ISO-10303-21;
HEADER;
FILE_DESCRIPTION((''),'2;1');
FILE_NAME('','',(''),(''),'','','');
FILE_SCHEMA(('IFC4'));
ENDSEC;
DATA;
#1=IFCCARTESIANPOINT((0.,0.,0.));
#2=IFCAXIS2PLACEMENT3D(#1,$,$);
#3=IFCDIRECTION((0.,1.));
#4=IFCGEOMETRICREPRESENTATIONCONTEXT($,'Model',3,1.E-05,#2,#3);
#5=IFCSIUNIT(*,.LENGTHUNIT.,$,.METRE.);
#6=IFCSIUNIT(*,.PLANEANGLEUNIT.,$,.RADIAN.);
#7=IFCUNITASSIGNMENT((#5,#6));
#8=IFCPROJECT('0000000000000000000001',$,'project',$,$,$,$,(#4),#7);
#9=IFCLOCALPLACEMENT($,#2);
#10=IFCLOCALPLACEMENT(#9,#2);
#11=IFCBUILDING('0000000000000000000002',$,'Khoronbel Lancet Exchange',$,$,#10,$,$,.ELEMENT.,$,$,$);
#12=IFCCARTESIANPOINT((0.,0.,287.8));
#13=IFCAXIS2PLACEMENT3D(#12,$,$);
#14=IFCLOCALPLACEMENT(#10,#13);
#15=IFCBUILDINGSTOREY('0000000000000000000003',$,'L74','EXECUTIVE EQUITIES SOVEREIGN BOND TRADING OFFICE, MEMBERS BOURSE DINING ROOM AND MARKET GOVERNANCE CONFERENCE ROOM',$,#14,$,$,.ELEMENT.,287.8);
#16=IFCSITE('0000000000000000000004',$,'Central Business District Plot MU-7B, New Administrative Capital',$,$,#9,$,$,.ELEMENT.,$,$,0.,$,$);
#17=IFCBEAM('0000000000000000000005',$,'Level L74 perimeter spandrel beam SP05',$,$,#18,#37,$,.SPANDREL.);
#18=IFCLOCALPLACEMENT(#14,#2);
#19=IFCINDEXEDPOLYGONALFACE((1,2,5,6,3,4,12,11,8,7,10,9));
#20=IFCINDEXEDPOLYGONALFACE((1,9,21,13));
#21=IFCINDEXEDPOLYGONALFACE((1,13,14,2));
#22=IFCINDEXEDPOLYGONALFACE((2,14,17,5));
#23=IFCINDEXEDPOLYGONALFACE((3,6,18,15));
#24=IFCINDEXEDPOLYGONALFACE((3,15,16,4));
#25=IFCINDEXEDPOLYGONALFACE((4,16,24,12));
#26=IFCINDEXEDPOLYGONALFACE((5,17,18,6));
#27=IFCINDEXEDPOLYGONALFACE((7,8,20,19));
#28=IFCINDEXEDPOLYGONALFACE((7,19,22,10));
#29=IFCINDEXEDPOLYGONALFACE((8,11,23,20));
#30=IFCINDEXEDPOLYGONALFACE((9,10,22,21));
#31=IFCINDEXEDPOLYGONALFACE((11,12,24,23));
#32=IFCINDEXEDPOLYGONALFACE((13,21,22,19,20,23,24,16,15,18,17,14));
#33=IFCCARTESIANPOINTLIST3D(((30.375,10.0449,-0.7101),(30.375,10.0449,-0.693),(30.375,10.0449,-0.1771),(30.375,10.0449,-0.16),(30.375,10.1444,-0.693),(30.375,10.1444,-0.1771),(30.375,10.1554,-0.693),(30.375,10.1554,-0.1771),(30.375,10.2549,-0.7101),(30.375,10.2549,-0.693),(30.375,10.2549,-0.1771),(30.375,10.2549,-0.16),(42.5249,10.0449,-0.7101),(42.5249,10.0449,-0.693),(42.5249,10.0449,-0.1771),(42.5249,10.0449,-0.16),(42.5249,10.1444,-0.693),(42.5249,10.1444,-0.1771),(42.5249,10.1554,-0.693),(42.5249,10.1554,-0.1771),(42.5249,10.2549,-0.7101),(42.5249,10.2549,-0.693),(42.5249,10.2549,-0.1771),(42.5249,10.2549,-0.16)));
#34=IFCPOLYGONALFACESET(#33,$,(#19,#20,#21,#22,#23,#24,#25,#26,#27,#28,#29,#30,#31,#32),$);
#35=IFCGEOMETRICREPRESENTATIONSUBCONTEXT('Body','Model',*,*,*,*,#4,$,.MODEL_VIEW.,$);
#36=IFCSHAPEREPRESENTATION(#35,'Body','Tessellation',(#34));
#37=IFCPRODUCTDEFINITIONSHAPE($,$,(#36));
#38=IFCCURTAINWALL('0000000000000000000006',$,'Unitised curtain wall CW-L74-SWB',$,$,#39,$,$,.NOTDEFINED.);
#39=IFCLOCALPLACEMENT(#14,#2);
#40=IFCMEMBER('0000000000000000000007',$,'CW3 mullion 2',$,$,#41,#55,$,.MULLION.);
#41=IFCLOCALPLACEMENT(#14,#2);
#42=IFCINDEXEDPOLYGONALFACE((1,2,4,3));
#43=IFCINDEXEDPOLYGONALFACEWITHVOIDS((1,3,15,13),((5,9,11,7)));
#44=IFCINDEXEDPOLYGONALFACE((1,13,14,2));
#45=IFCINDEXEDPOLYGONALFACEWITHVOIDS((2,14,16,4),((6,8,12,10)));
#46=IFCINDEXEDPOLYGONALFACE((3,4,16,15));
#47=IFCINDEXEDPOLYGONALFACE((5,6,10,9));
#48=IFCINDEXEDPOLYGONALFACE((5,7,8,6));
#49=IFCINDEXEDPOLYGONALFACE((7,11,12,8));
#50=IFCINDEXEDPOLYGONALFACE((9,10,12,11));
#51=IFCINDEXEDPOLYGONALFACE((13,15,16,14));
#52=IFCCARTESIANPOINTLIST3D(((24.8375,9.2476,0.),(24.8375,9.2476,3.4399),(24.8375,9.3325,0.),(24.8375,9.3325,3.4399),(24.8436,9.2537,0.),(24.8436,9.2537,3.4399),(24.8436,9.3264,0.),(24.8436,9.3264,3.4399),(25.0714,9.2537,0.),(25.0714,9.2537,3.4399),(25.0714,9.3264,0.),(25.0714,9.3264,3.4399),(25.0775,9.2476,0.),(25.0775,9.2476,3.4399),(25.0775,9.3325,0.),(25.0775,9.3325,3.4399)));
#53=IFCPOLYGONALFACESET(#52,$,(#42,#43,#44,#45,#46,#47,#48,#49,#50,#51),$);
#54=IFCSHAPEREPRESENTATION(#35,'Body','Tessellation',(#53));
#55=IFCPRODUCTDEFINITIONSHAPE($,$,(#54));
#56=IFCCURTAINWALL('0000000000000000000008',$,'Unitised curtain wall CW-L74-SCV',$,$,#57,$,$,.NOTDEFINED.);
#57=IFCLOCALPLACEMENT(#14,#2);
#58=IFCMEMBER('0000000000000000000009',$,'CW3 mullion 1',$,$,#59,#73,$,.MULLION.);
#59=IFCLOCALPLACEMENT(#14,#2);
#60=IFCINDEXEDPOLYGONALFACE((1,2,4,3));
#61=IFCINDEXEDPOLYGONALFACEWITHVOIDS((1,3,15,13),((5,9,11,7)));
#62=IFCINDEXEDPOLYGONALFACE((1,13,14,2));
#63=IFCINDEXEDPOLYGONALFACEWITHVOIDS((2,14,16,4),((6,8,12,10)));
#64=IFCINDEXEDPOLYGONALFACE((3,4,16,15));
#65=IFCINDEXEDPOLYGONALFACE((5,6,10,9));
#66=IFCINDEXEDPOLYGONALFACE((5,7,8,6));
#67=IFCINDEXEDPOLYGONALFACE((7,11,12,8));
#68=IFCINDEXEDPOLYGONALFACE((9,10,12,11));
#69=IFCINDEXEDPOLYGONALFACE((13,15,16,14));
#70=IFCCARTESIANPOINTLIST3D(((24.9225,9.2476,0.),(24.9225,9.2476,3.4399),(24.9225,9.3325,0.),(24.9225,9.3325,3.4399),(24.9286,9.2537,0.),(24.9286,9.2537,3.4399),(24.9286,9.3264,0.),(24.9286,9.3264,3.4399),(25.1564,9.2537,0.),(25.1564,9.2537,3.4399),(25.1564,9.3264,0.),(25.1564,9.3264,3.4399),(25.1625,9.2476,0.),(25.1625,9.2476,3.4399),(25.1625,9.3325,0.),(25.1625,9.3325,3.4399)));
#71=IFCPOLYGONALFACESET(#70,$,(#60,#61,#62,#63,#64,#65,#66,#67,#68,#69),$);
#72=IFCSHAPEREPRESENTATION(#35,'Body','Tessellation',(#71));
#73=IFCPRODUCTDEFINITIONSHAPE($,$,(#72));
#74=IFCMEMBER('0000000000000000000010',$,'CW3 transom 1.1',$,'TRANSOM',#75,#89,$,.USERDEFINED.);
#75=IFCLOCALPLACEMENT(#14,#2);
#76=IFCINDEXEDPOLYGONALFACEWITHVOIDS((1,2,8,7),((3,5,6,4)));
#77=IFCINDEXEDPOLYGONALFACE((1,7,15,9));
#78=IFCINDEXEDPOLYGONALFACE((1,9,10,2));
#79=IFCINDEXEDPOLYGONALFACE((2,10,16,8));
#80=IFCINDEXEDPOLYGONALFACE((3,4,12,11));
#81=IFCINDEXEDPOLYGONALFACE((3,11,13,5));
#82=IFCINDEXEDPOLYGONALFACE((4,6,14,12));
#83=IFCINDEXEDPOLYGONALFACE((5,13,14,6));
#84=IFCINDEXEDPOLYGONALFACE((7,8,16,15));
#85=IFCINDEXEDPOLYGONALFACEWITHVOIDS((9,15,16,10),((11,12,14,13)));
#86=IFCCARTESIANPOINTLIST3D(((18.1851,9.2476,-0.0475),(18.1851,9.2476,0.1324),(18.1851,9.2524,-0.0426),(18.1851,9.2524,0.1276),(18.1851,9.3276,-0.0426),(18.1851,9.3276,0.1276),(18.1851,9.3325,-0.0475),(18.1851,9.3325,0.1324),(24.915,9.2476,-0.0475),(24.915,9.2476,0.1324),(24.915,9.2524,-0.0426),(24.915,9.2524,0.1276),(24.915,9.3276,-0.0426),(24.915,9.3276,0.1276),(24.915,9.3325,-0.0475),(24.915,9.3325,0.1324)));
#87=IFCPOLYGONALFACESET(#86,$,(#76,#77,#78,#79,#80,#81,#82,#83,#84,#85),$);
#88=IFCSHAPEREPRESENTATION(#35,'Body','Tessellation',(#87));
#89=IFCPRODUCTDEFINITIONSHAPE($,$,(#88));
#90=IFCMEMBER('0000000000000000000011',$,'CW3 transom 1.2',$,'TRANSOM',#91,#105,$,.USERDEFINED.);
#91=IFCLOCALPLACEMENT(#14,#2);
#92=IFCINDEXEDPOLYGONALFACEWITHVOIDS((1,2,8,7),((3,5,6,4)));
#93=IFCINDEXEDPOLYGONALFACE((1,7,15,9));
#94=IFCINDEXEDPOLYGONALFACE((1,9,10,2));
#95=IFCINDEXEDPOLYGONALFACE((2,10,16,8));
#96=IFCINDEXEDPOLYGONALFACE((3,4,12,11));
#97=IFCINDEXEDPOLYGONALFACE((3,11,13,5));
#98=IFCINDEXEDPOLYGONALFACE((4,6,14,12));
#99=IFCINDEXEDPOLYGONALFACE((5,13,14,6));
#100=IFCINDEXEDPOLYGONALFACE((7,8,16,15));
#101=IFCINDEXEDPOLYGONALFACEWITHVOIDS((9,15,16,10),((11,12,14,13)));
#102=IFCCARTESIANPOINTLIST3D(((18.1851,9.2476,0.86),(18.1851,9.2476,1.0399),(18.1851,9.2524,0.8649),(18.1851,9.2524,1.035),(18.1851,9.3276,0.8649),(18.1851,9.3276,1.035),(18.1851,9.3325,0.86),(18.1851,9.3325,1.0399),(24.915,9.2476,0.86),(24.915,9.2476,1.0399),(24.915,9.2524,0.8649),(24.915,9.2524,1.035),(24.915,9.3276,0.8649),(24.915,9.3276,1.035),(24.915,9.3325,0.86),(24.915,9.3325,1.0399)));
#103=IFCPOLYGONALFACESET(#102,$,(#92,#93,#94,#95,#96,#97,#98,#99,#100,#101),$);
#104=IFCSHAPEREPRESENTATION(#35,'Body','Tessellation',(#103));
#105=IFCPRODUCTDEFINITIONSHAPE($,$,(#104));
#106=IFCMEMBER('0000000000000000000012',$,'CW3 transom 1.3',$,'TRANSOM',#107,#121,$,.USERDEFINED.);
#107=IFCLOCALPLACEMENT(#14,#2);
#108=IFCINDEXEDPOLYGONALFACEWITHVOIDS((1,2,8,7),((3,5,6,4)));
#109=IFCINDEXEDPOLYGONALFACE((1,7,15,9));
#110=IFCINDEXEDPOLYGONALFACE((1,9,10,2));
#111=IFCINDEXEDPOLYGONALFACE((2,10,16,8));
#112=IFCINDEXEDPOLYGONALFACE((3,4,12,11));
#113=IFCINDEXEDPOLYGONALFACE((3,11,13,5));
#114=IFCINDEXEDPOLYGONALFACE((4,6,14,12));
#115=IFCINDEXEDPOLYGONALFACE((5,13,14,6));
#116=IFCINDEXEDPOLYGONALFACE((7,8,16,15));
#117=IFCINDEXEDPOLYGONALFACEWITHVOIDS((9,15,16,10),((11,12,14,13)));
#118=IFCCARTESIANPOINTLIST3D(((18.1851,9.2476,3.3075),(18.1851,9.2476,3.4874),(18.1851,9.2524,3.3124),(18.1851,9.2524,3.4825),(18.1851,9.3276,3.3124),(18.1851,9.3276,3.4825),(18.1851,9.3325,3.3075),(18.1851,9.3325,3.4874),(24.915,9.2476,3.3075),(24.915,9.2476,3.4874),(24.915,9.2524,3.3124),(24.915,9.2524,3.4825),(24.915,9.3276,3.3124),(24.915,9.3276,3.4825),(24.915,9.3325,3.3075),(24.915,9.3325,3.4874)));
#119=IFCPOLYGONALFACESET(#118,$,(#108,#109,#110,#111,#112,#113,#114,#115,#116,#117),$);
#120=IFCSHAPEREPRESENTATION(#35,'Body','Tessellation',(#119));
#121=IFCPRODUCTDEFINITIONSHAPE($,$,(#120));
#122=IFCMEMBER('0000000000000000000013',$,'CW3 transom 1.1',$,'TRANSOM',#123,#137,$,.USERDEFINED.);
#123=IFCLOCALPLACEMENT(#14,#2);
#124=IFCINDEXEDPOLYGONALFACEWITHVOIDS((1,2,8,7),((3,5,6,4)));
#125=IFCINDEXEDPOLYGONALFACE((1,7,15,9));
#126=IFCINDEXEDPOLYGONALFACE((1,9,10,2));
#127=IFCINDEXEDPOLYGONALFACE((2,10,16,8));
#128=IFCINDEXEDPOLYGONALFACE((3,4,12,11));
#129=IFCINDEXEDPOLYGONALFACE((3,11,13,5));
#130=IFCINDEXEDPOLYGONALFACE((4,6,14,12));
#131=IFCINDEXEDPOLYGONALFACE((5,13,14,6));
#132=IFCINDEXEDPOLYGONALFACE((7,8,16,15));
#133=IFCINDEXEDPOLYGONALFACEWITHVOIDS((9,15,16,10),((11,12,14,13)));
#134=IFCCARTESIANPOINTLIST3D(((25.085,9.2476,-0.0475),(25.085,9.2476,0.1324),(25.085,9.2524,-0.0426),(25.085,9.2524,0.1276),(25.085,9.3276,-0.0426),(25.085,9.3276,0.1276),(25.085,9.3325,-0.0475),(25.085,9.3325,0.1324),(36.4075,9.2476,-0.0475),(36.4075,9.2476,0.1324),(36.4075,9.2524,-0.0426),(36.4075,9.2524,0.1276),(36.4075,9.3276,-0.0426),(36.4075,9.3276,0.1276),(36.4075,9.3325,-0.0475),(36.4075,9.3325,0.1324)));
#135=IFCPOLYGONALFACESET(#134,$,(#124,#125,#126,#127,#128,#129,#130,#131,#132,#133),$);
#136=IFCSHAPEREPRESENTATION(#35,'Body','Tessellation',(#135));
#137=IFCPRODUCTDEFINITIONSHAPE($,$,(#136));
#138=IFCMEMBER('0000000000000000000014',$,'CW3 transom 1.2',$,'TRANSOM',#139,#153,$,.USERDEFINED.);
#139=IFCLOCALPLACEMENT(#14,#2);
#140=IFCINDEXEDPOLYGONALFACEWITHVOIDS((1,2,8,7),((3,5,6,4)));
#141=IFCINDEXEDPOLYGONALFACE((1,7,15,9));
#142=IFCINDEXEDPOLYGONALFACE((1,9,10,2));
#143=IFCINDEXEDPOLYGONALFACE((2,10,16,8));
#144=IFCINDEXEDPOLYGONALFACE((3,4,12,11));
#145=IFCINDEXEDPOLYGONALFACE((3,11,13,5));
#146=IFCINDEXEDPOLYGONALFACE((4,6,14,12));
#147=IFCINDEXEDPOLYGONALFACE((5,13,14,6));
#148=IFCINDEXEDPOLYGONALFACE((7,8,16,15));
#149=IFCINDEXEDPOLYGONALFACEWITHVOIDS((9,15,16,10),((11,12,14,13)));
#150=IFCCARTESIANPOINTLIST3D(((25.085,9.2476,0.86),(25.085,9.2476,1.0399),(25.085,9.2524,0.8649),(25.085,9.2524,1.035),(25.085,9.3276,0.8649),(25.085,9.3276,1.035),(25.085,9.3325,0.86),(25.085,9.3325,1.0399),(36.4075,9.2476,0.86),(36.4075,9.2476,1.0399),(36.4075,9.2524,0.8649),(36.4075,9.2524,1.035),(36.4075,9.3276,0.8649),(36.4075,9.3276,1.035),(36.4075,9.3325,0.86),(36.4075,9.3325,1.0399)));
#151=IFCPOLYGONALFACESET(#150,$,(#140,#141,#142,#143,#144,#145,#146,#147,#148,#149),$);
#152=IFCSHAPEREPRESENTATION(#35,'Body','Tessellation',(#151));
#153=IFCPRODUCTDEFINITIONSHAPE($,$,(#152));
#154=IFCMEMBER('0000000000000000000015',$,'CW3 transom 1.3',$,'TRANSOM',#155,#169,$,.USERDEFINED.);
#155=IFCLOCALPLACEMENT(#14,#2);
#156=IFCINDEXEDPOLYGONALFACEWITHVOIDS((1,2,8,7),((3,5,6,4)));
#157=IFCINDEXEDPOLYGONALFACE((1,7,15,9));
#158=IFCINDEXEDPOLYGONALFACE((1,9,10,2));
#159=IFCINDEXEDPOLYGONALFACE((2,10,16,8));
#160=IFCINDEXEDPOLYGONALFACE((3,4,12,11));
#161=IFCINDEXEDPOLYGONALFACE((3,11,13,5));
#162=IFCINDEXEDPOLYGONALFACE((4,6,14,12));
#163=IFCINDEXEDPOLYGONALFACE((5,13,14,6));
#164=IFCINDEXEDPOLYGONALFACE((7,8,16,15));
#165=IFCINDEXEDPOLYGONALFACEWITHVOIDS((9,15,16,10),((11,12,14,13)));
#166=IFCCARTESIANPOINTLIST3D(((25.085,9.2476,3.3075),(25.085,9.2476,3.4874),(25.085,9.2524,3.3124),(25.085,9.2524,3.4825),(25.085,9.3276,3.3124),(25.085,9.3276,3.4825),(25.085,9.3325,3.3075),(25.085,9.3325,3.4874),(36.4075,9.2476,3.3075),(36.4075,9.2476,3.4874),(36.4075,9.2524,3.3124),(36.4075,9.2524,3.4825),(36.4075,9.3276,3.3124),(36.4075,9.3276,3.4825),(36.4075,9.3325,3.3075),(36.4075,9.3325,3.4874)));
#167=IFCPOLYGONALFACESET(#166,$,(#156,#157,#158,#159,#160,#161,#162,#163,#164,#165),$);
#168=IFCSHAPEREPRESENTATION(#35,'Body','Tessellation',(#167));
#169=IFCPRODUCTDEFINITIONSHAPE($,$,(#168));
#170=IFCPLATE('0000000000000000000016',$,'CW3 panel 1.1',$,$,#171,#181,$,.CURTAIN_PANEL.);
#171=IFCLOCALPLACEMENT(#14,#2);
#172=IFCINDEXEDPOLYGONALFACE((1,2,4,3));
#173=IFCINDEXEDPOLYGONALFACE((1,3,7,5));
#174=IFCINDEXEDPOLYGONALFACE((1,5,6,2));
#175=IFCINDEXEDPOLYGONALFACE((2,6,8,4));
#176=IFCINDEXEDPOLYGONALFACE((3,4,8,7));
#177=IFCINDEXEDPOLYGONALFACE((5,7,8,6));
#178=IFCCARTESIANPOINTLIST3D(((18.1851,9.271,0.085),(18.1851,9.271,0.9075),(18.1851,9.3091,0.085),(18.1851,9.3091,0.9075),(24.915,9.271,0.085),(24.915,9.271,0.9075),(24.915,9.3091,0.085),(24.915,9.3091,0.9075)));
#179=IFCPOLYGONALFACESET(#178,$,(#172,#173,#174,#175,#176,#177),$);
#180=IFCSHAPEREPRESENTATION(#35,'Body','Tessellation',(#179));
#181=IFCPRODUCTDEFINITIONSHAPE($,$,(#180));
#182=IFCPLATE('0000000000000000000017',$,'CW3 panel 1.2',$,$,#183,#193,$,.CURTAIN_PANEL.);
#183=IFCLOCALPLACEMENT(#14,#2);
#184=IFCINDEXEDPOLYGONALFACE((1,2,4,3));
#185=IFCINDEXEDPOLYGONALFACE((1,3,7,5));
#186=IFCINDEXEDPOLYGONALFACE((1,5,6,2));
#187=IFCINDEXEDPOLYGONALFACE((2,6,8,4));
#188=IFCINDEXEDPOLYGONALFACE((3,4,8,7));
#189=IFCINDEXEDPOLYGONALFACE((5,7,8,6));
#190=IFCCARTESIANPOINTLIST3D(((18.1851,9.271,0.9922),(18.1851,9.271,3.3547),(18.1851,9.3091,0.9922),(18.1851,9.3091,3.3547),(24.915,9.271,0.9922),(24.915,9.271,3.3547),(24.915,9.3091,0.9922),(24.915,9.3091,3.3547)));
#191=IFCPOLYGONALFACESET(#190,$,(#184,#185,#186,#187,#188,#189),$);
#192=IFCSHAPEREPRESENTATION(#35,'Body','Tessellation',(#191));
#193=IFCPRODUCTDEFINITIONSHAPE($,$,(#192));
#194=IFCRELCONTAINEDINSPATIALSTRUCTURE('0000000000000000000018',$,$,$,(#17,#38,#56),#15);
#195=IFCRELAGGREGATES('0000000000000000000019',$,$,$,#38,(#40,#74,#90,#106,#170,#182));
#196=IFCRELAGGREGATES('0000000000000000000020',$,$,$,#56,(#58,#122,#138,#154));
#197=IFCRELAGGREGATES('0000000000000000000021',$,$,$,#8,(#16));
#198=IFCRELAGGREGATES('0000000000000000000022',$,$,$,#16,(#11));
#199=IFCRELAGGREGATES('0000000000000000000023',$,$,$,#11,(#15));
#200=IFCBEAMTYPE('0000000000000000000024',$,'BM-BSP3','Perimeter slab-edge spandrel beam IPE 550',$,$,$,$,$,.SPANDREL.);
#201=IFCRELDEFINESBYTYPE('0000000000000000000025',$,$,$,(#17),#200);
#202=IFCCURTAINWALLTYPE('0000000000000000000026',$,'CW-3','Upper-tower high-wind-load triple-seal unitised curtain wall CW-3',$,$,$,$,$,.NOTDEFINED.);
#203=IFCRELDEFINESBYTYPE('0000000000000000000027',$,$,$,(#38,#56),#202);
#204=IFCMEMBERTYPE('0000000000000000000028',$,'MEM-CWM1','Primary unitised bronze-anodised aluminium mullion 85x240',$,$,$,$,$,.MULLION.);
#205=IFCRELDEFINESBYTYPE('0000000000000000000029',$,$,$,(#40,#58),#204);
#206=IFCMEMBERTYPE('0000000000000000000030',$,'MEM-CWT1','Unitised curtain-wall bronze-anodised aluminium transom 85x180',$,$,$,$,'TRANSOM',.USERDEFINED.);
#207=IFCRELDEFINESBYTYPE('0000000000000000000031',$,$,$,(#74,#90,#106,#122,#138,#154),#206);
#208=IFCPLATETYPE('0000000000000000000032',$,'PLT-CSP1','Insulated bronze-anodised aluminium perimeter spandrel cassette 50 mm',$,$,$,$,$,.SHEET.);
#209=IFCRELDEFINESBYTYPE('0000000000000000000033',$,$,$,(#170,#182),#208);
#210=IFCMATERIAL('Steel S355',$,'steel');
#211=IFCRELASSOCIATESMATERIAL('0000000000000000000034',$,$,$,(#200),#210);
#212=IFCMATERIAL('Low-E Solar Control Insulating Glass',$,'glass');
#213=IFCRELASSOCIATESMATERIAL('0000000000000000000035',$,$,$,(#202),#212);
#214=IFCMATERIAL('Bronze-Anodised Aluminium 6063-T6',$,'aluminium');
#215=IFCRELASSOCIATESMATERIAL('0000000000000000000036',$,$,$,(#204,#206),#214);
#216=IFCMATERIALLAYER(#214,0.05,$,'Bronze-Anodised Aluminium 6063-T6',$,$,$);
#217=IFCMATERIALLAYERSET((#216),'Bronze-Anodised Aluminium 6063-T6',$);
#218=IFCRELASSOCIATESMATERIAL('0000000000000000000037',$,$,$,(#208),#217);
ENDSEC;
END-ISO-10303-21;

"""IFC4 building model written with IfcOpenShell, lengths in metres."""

from ifc_helpers import new_model, si_unit, direction, frame, origin, origin_2d, place, context, subcontext, project, spatial, rectangle, hollow_rectangle, i_section, extrude, material, layer, layer_set, material_profile, profile_set, type_object, element, aggregate, save


model = new_model("IFC4")

# Units and contexts
model_context = context("Model", 3, precision=1e-05, world=origin(), true_north=direction((0.0, 1.0)))
body_context = subcontext(model_context, "Body", "Model", "MODEL_VIEW")
ifc_project = project(units=[si_unit("LENGTHUNIT", "METRE"), si_unit("PLANEANGLEUNIT", "RADIAN")], contexts=[model_context])

# Site, building, storey
site_placement = place(None, origin())
site = spatial("IfcSite", under=ifc_project, at=site_placement, Name="Central Business District Plot MU-7B, New Administrative Capital", CompositionType="ELEMENT", RefElevation=0.0)
building_placement = place(site_placement, origin())
building = spatial("IfcBuilding", under=site, at=building_placement, Name="Khoronbel Lancet Exchange", CompositionType="ELEMENT")
storey_placement = place(building_placement, frame((0.0, 0.0, 287.8)))
storey = spatial("IfcBuildingStorey", under=building, at=storey_placement, Name="L74", Description="EXECUTIVE EQUITIES SOVEREIGN BOND TRADING OFFICE, MEMBERS BOURSE DINING ROOM AND MARKET GOVERNANCE CONFERENCE ROOM", CompositionType="ELEMENT", Elevation=287.8)

# Beam
ifc_material_1 = material(Name="Steel S355", Category="steel")
ifc_material_profile_1 = material_profile(ifc_material_1, i_section(OverallWidth=0.21, OverallDepth=0.55, WebThickness=0.011, FlangeThickness=0.0171, at=origin_2d()), Name="IPE 550")
ifc_profile_set_1 = profile_set([ifc_material_profile_1], Name="Steel S355")
beam_type_1 = type_object("IfcBeamType", Name="BM-BSP3", Description="Perimeter slab-edge spandrel beam IPE 550", PredefinedType="SPANDREL", material=ifc_profile_set_1)
beam_1_placement = place(storey_placement, frame((30.375, 10.1499, -0.4351), z_axis=(1.0, 0.0, 0.0), x_axis=(0.0, 1.0, 0.0)))
element("IfcBeam", 1, at=beam_1_placement, inside=storey, type_object=beam_type_1, Name="Level L74 perimeter spandrel beam SP05", PredefinedType="SPANDREL", context=body_context, shape_type="SweptSolid", body=[
    extrude(i_section(OverallWidth=0.21, OverallDepth=0.55, WebThickness=0.011, FlangeThickness=0.0171, at=origin_2d()), origin(), (0.0, 0.0, 1.0), 12.1499),
])

# Curtain walls, members
ifc_material_2 = material(Name="Low-E Solar Control Insulating Glass", Category="glass")
curtain_wall_type = type_object("IfcCurtainWallType", Name="CW-3", Description="Upper-tower high-wind-load triple-seal unitised curtain wall CW-3", PredefinedType="NOTDEFINED", material=ifc_material_2)
curtain_wall_1_placement = place(storey_placement, origin())
curtain_wall_1 = element("IfcCurtainWall", 2, at=curtain_wall_1_placement, inside=storey, type_object=curtain_wall_type, Name="Unitised curtain wall CW-L74-SWB", PredefinedType="NOTDEFINED")
ifc_material_3 = material(Name="Bronze-Anodised Aluminium 6063-T6", Category="aluminium")
ifc_material_profile_2 = material_profile(ifc_material_3, hollow_rectangle(XDim=0.085, YDim=0.24, WallThickness=0.0061, at=origin_2d()), Name="ALU MULLION 85x240")
ifc_profile_set_2 = profile_set([ifc_material_profile_2], Name="Bronze-Anodised Aluminium 6063-T6")
member_type_1 = type_object("IfcMemberType", Name="MEM-CWM1", Description="Primary unitised bronze-anodised aluminium mullion 85x240", PredefinedType="MULLION", material=ifc_profile_set_2)
member_1_placement = place(storey_placement, frame((24.9575, 9.29, 0.0), z_axis=(0.0, 0.0, 1.0), x_axis=(0.0, 1.0, 0.0)))
member_1 = element("IfcMember", 3, at=member_1_placement, type_object=member_type_1, Name="CW3 mullion 2", PredefinedType="MULLION", context=body_context, shape_type="SweptSolid", body=[
    extrude(hollow_rectangle(XDim=0.085, YDim=0.24, WallThickness=0.0061, at=origin_2d()), origin(), (0.0, 0.0, 1.0), 3.4399),
])
curtain_wall_2_placement = place(storey_placement, origin())
curtain_wall_2 = element("IfcCurtainWall", 4, at=curtain_wall_2_placement, inside=storey, type_object=curtain_wall_type, Name="Unitised curtain wall CW-L74-SCV", PredefinedType="NOTDEFINED")
member_2_placement = place(storey_placement, frame((25.0425, 9.29, 0.0), z_axis=(0.0, 0.0, 1.0), x_axis=(0.0, 1.0, 0.0)))
member_2 = element("IfcMember", 5, at=member_2_placement, type_object=member_type_1, Name="CW3 mullion 1", PredefinedType="MULLION", context=body_context, shape_type="SweptSolid", body=[
    extrude(hollow_rectangle(XDim=0.085, YDim=0.24, WallThickness=0.0061, at=origin_2d()), origin(), (0.0, 0.0, 1.0), 3.4399),
])

# Members
ifc_material_profile_3 = material_profile(ifc_material_3, hollow_rectangle(XDim=0.085, YDim=0.1799, WallThickness=0.0049, at=origin_2d()), Name="ALU TRANSOM 85x180")
ifc_profile_set_3 = profile_set([ifc_material_profile_3], Name="Bronze-Anodised Aluminium 6063-T6")
member_type_2 = type_object("IfcMemberType", Name="MEM-CWT1", Description="Unitised curtain-wall bronze-anodised aluminium transom 85x180", ElementType="TRANSOM", PredefinedType="USERDEFINED", material=ifc_profile_set_3)
member_3_placement = place(storey_placement, frame((18.1851, 9.29, 0.0425), z_axis=(1.0, 0.0, 0.0), x_axis=(0.0, 1.0, 0.0)))
member_3 = element("IfcMember", 6, at=member_3_placement, type_object=member_type_2, Name="CW3 transom 1.1", ObjectType="TRANSOM", PredefinedType="USERDEFINED", context=body_context, shape_type="SweptSolid", body=[
    extrude(hollow_rectangle(XDim=0.085, YDim=0.1799, WallThickness=0.0049, at=origin_2d()), origin(), (0.0, 0.0, 1.0), 6.73),
])
member_4_placement = place(storey_placement, frame((18.1851, 9.29, 0.95), z_axis=(1.0, 0.0, 0.0), x_axis=(0.0, 1.0, 0.0)))
member_4 = element("IfcMember", 7, at=member_4_placement, type_object=member_type_2, Name="CW3 transom 1.2", ObjectType="TRANSOM", PredefinedType="USERDEFINED", context=body_context, shape_type="SweptSolid", body=[
    extrude(hollow_rectangle(XDim=0.085, YDim=0.1799, WallThickness=0.0049, at=origin_2d()), origin(), (0.0, 0.0, 1.0), 6.73),
])
member_5_placement = place(storey_placement, frame((18.1851, 9.29, 3.3975), z_axis=(1.0, 0.0, 0.0), x_axis=(0.0, 1.0, 0.0)))
member_5 = element("IfcMember", 8, at=member_5_placement, type_object=member_type_2, Name="CW3 transom 1.3", ObjectType="TRANSOM", PredefinedType="USERDEFINED", context=body_context, shape_type="SweptSolid", body=[
    extrude(hollow_rectangle(XDim=0.085, YDim=0.1799, WallThickness=0.0049, at=origin_2d()), origin(), (0.0, 0.0, 1.0), 6.73),
])
member_6_placement = place(storey_placement, frame((25.085, 9.29, 0.0425), z_axis=(1.0, 0.0, 0.0), x_axis=(0.0, 1.0, 0.0)))
member_6 = element("IfcMember", 9, at=member_6_placement, type_object=member_type_2, Name="CW3 transom 1.1", ObjectType="TRANSOM", PredefinedType="USERDEFINED", context=body_context, shape_type="SweptSolid", body=[
    extrude(hollow_rectangle(XDim=0.085, YDim=0.1799, WallThickness=0.0049, at=origin_2d()), origin(), (0.0, 0.0, 1.0), 11.3225),
])
member_7_placement = place(storey_placement, frame((25.085, 9.29, 0.95), z_axis=(1.0, 0.0, 0.0), x_axis=(0.0, 1.0, 0.0)))
member_7 = element("IfcMember", 10, at=member_7_placement, type_object=member_type_2, Name="CW3 transom 1.2", ObjectType="TRANSOM", PredefinedType="USERDEFINED", context=body_context, shape_type="SweptSolid", body=[
    extrude(hollow_rectangle(XDim=0.085, YDim=0.1799, WallThickness=0.0049, at=origin_2d()), origin(), (0.0, 0.0, 1.0), 11.3225),
])
member_8_placement = place(storey_placement, frame((25.085, 9.29, 3.3975), z_axis=(1.0, 0.0, 0.0), x_axis=(0.0, 1.0, 0.0)))
member_8 = element("IfcMember", 11, at=member_8_placement, type_object=member_type_2, Name="CW3 transom 1.3", ObjectType="TRANSOM", PredefinedType="USERDEFINED", context=body_context, shape_type="SweptSolid", body=[
    extrude(hollow_rectangle(XDim=0.085, YDim=0.1799, WallThickness=0.0049, at=origin_2d()), origin(), (0.0, 0.0, 1.0), 11.3225),
])

# Plates
ifc_layer_1 = layer(ifc_material_3, 0.05, Name="Bronze-Anodised Aluminium 6063-T6")
ifc_layer_set_1 = layer_set([ifc_layer_1], Name="Bronze-Anodised Aluminium 6063-T6")
plate_type_1 = type_object("IfcPlateType", Name="PLT-CSP1", Description="Insulated bronze-anodised aluminium perimeter spandrel cassette 50 mm", PredefinedType="SHEET", material=ifc_layer_set_1)
plate_1_placement = place(storey_placement, frame((21.55, 9.29, 0.085), z_axis=(0.0, 0.0, 1.0), x_axis=(1.0, 0.0, 0.0)))
plate_1 = element("IfcPlate", 12, at=plate_1_placement, type_object=plate_type_1, Name="CW3 panel 1.1", PredefinedType="CURTAIN_PANEL", context=body_context, shape_type="SweptSolid", body=[
    extrude(rectangle(XDim=6.73, YDim=0.0381, at=origin_2d()), origin(), (0.0, 0.0, 1.0), 0.8225),
])
plate_2_placement = place(storey_placement, frame((21.55, 9.29, 0.9922), z_axis=(0.0, 0.0, 1.0), x_axis=(1.0, 0.0, 0.0)))
plate_2 = element("IfcPlate", 13, at=plate_2_placement, type_object=plate_type_1, Name="CW3 panel 1.2", PredefinedType="CURTAIN_PANEL", context=body_context, shape_type="SweptSolid", body=[
    extrude(rectangle(XDim=6.73, YDim=0.0381, at=origin_2d()), origin(), (0.0, 0.0, 1.0), 2.3625),
])
aggregate(curtain_wall_1, [member_1, member_3, member_4, member_5, plate_1, plate_2])
aggregate(curtain_wall_2, [member_2, member_6, member_7, member_8])

save(model, "model.ifc")
